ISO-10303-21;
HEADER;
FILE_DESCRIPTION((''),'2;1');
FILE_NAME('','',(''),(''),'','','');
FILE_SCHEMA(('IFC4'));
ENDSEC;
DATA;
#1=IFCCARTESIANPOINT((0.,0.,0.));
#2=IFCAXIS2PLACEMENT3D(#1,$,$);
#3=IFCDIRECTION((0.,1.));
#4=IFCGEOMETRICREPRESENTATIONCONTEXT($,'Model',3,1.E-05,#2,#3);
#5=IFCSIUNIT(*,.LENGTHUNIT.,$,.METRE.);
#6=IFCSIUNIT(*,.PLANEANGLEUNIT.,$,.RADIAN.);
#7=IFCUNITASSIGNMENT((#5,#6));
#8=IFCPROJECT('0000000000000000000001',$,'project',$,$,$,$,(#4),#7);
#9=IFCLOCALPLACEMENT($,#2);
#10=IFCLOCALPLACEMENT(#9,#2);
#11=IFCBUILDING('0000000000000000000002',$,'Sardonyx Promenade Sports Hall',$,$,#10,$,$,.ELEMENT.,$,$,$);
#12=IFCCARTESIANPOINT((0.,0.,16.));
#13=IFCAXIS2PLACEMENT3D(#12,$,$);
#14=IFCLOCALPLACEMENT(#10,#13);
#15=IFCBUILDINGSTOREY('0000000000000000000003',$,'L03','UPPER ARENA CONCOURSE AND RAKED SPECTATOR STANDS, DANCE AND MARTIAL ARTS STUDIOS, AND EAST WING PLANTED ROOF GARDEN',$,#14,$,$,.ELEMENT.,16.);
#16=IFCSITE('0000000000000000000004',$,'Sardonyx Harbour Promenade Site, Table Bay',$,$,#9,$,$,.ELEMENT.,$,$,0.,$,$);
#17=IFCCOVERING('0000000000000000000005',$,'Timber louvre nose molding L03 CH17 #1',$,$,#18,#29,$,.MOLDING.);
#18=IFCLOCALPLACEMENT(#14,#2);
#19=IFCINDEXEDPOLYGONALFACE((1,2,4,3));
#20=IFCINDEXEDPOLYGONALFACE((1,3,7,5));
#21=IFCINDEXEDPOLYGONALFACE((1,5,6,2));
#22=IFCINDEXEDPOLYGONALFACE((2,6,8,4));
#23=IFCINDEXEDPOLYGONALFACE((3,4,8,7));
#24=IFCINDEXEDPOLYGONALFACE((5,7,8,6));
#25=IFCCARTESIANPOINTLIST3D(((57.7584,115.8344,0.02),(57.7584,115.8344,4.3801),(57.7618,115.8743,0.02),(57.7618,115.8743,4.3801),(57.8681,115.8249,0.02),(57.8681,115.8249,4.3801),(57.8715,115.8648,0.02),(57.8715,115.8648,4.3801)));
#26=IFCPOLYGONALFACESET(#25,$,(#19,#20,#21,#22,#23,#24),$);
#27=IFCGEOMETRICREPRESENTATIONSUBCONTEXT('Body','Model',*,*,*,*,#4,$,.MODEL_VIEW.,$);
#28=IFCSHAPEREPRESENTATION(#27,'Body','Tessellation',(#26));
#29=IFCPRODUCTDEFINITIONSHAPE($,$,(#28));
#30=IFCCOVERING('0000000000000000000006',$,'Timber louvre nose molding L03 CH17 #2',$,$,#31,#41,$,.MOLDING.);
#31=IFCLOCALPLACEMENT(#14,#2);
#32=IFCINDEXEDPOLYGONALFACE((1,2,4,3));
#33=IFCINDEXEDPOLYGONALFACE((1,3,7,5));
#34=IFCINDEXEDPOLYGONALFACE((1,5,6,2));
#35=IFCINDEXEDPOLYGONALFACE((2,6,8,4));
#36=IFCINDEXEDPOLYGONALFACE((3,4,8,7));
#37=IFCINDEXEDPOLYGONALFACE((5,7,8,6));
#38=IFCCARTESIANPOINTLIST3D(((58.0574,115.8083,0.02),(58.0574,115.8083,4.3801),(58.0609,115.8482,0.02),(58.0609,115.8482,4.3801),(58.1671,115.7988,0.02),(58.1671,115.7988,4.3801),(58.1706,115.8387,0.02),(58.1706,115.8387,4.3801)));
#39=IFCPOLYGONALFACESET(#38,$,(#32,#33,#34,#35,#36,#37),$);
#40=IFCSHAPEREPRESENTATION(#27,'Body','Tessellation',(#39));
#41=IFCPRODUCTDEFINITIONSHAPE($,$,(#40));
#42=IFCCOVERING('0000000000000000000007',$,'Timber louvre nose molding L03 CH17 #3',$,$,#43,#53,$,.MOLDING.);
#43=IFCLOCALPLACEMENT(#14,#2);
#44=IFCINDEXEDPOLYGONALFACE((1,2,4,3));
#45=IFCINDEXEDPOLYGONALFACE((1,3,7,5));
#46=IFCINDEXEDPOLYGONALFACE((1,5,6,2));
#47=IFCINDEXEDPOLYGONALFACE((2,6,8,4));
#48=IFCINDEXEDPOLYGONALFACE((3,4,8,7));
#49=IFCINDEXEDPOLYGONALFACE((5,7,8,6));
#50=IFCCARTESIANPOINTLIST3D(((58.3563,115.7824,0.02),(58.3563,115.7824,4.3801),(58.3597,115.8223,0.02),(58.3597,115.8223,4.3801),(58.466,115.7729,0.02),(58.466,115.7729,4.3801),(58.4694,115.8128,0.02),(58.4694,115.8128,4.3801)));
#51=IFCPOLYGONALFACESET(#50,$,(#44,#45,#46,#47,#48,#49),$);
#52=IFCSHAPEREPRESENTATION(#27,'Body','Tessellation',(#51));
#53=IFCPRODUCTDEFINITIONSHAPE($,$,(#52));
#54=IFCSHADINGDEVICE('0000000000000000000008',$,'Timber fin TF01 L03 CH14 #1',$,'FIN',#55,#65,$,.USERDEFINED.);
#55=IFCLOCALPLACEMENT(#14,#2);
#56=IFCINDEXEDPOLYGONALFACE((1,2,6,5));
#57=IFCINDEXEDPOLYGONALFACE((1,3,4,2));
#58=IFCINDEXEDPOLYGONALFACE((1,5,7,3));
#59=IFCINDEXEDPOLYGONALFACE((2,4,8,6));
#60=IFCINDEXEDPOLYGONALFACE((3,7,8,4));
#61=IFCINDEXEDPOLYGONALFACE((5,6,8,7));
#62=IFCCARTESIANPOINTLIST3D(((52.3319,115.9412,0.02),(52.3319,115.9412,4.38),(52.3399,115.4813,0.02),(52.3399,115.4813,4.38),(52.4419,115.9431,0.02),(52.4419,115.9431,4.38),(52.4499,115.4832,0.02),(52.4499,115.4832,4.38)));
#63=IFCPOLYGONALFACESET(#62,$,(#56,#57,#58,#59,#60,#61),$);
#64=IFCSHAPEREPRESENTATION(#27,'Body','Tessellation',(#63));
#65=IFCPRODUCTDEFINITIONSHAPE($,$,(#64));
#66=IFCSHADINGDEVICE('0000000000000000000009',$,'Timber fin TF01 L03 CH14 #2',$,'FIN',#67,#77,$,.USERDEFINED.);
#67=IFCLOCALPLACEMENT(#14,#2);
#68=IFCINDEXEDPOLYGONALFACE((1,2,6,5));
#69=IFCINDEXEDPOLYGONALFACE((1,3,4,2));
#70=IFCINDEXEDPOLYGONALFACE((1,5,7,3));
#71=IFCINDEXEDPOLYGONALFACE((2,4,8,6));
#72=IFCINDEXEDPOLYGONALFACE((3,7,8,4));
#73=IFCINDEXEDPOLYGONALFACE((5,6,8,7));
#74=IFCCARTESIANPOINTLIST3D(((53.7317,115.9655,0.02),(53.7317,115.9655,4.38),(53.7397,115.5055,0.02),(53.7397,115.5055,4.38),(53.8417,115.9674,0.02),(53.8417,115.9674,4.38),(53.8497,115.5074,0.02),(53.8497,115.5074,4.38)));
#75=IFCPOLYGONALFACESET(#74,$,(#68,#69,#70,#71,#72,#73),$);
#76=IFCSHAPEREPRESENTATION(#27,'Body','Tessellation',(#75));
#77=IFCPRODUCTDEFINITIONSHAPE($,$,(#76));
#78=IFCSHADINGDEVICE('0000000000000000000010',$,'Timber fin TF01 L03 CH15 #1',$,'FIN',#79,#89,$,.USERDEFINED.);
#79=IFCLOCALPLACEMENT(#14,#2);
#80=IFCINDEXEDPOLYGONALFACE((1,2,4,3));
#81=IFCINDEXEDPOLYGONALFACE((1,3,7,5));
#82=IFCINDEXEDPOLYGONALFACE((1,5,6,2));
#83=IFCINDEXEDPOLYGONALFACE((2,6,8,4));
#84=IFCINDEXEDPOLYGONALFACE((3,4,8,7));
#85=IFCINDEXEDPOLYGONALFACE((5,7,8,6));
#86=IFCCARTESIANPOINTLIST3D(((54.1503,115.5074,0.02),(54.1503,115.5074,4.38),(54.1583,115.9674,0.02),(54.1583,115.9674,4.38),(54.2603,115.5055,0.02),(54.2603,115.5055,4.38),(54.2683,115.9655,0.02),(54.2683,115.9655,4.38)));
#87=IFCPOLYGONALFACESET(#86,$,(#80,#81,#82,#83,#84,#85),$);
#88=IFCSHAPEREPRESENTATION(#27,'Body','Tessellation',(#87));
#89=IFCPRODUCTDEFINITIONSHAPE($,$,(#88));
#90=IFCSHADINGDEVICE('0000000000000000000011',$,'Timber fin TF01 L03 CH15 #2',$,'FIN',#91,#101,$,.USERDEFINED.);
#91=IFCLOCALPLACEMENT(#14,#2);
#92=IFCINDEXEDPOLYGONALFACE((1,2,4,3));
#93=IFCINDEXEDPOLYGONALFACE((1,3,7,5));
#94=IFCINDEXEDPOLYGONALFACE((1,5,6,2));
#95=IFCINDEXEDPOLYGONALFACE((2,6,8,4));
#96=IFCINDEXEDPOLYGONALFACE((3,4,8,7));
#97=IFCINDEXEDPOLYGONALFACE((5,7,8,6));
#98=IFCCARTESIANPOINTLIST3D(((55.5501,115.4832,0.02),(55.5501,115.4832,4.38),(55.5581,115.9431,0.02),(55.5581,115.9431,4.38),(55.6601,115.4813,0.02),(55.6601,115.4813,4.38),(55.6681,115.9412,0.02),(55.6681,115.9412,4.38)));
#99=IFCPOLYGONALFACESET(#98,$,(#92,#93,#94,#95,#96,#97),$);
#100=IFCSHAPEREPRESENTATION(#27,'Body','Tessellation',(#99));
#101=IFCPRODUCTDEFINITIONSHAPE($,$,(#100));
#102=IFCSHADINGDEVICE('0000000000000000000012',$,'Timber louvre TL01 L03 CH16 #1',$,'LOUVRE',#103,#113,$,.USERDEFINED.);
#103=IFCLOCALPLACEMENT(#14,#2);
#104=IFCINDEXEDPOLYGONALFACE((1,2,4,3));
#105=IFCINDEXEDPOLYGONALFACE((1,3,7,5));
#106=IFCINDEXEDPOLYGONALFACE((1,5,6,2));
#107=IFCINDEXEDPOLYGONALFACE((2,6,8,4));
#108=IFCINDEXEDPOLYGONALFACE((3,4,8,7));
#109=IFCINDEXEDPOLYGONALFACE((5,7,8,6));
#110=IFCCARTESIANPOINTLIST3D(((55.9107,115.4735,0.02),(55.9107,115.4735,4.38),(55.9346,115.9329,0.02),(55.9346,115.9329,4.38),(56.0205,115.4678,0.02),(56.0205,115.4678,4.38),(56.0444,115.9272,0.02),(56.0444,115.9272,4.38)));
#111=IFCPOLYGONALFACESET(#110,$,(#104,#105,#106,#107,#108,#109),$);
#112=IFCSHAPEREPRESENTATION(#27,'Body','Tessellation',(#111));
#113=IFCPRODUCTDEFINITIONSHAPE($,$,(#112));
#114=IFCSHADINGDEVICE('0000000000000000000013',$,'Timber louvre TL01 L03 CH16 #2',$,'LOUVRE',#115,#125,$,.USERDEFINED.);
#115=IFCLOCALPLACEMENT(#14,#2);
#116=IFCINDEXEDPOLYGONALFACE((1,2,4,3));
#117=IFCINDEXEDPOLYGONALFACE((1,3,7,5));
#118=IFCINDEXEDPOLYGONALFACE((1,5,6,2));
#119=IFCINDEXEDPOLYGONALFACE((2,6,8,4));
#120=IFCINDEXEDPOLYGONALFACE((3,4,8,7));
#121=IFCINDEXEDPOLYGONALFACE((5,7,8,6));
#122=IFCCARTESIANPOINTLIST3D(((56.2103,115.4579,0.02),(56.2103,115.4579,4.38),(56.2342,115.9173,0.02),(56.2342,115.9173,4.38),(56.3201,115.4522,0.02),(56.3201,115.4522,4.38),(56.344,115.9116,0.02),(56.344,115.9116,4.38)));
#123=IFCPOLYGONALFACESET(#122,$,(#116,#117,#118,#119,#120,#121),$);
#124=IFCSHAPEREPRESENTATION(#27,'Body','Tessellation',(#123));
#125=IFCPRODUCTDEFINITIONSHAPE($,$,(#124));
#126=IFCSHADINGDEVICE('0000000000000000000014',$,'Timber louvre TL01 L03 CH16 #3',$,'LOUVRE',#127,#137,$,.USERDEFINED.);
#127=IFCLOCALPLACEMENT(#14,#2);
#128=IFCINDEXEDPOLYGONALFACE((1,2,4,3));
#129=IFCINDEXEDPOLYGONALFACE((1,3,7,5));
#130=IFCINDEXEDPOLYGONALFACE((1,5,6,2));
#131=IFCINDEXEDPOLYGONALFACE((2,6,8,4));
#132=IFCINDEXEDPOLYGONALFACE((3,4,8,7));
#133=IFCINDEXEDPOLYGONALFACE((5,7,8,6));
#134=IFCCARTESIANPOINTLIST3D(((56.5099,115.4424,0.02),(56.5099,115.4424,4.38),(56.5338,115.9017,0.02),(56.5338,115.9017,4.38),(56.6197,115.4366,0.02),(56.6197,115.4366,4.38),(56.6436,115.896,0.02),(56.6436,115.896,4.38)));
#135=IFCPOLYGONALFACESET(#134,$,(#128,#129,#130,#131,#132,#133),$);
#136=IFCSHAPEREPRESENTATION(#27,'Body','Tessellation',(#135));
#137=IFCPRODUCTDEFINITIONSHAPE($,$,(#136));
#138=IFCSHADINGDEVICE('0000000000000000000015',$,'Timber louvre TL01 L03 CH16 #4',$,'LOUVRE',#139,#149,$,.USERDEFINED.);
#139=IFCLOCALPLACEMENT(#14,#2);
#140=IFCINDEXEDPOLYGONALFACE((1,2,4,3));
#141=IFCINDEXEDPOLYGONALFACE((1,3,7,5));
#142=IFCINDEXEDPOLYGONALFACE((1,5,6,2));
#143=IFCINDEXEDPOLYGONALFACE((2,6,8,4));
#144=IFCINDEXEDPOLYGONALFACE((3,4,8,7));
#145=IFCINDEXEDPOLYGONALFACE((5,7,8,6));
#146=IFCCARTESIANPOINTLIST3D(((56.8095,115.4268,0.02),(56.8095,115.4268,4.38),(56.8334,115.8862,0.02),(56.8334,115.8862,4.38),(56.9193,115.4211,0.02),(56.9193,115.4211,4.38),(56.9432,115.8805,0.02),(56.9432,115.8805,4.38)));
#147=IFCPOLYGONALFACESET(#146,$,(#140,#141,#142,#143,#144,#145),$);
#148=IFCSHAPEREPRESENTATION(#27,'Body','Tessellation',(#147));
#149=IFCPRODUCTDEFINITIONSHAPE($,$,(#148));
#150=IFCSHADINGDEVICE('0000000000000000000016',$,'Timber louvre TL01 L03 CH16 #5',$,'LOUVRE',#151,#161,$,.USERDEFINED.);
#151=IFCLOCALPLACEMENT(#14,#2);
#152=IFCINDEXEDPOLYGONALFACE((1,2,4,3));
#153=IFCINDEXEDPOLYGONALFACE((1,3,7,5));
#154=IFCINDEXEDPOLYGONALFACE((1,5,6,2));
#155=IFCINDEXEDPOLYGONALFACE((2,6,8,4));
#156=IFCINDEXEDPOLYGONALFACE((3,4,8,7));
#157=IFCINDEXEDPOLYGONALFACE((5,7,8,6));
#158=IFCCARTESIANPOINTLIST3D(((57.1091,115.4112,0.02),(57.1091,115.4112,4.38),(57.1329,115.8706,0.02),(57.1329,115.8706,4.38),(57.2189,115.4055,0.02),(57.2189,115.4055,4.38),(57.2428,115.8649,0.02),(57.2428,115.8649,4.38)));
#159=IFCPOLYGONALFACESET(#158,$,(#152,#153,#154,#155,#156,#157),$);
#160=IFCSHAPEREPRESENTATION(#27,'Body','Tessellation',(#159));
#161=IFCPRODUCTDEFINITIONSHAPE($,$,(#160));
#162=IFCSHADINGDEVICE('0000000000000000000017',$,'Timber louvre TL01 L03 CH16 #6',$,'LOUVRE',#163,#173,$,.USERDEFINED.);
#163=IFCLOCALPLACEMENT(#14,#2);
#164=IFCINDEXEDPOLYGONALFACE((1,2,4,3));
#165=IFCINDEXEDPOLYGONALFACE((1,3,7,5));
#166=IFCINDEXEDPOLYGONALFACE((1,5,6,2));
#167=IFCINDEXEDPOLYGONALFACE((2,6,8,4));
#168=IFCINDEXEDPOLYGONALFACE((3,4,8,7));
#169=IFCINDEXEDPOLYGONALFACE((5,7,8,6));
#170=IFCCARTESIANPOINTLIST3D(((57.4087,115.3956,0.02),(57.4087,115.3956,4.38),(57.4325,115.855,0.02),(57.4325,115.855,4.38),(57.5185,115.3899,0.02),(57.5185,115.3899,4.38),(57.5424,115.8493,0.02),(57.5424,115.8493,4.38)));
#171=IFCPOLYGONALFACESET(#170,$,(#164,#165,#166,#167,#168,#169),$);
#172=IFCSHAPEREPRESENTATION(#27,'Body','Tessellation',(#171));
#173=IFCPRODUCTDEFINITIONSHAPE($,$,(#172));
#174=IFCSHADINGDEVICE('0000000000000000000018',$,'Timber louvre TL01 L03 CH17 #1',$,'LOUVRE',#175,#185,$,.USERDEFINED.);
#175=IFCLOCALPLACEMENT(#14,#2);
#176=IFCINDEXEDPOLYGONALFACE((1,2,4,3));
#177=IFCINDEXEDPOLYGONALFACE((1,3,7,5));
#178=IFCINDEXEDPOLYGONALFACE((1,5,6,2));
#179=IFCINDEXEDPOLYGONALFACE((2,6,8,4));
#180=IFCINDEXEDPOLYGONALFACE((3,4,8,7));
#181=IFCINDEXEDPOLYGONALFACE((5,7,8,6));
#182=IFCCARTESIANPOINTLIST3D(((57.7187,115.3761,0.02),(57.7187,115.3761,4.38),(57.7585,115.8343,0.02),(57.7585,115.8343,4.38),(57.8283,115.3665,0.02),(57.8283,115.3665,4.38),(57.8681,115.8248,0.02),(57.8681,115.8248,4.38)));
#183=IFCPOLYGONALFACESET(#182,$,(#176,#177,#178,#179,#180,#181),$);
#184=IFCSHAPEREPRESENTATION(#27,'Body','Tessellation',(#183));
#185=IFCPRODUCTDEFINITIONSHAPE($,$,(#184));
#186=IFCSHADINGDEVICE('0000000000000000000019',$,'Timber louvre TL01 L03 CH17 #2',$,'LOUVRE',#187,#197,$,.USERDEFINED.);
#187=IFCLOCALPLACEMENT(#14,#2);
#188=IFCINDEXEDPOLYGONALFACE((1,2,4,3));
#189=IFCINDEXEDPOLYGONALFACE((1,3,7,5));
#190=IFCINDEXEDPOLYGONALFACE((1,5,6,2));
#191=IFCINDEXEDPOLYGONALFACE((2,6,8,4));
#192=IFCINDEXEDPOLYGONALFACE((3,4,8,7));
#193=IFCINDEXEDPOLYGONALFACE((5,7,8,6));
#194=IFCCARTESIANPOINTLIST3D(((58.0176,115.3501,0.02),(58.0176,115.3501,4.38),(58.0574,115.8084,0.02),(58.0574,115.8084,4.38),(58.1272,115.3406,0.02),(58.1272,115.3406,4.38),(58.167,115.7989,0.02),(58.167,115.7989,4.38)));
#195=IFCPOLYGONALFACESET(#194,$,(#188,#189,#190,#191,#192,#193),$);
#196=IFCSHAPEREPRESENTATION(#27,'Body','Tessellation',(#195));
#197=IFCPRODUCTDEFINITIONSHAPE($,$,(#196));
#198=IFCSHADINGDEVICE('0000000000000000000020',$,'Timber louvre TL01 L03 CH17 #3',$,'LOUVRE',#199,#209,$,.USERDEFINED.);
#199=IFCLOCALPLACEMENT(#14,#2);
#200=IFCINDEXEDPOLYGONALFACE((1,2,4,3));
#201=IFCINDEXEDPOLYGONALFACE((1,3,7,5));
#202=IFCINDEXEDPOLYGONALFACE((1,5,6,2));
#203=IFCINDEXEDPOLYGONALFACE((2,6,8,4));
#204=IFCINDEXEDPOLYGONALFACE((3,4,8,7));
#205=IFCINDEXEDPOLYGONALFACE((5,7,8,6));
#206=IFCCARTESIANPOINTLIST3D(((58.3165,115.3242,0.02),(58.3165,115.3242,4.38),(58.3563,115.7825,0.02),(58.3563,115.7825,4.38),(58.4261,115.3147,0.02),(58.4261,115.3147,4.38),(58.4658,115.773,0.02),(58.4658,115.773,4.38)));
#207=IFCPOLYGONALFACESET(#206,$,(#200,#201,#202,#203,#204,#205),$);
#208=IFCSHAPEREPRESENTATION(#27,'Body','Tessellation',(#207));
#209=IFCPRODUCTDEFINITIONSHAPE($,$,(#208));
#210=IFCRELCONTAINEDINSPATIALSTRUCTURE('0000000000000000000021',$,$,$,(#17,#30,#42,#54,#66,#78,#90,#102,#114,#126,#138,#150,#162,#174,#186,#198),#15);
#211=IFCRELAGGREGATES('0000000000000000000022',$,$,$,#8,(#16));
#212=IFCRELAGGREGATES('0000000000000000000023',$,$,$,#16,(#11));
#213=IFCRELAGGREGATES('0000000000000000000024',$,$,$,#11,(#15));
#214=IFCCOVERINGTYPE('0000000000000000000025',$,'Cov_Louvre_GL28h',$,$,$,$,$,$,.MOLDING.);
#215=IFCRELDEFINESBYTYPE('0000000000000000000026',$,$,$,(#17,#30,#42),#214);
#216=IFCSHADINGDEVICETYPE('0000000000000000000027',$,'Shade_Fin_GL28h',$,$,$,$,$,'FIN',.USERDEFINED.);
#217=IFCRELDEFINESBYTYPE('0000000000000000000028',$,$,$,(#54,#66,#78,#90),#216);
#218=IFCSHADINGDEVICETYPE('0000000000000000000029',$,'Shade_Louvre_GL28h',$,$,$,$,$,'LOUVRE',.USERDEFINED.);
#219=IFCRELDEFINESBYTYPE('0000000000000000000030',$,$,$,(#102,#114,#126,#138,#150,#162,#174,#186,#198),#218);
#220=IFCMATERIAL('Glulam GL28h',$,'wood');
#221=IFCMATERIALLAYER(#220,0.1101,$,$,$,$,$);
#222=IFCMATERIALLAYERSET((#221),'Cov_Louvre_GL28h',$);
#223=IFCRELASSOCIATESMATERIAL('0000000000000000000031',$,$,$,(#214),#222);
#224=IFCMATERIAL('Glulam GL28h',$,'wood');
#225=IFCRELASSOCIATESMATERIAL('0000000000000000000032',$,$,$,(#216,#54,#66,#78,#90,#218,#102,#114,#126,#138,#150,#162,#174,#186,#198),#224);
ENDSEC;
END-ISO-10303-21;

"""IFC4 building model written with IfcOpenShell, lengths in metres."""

from ifc_helpers import new_model, si_unit, direction, frame, origin, origin_2d, place, context, subcontext, project, spatial, rectangle, extrude, material, layer, layer_set, type_object, element, save


model = new_model("IFC4")

# Units and contexts
model_context = context("Model", 3, precision=1e-05, world=origin(), true_north=direction((0.0, 1.0)))
body_context = subcontext(model_context, "Body", "Model", "MODEL_VIEW")
ifc_project = project(units=[si_unit("LENGTHUNIT", "METRE"), si_unit("PLANEANGLEUNIT", "RADIAN")], contexts=[model_context])

# Site, building, storey
site_placement = place(None, origin())
site = spatial("IfcSite", under=ifc_project, at=site_placement, Name="Sardonyx Harbour Promenade Site, Table Bay", CompositionType="ELEMENT", RefElevation=0.0)
building_placement = place(site_placement, origin())
building = spatial("IfcBuilding", under=site, at=building_placement, Name="Sardonyx Promenade Sports Hall", CompositionType="ELEMENT")
storey_placement = place(building_placement, frame((0.0, 0.0, 16.0)))
storey = spatial("IfcBuildingStorey", under=building, at=storey_placement, Name="L03", Description="UPPER ARENA CONCOURSE AND RAKED SPECTATOR STANDS, DANCE AND MARTIAL ARTS STUDIOS, AND EAST WING PLANTED ROOF GARDEN", CompositionType="ELEMENT", Elevation=16.0)

# Coverings
ifc_material_1 = material(Name="Glulam GL28h", Category="wood")
ifc_layer = layer(ifc_material_1, 0.1101)
ifc_layer_set = layer_set([ifc_layer], Name="Cov_Louvre_GL28h")
covering_type = type_object("IfcCoveringType", Name="Cov_Louvre_GL28h", PredefinedType="MOLDING", material=ifc_layer_set)
for number, where, z_axis, x_axis, name in (
    (1, (57.8149, 115.8496, 0.02), (0.0, 0.0, 1.0), (0.996258, -0.086434, 0.0), "Timber louvre nose molding L03 CH17 #1"),
    (2, (58.114, 115.8235, 0.02), (0.0, 0.0, 1.0), (0.996258, -0.086434, 0.0), "Timber louvre nose molding L03 CH17 #2"),
    (3, (58.4128, 115.7976, 0.02), (0.0, 0.0, 1.0), (0.996258, -0.086434, 0.0), "Timber louvre nose molding L03 CH17 #3"),
):
    element("IfcCovering", number, at=place(storey_placement, frame(where, z_axis=z_axis, x_axis=x_axis)), inside=storey, type_object=covering_type, Name=name, PredefinedType="MOLDING", context=body_context, shape_type="SweptSolid", body=[
        extrude(rectangle(XDim=0.1101, YDim=0.04, at=origin_2d()), origin(), (0.0, 0.0, 1.0), 4.3601),
    ])

# Shading devices
ifc_material_2 = material(Name="Glulam GL28h", Category="wood")
shading_device_type_1 = type_object("IfcShadingDeviceType", Name="Shade_Fin_GL28h", ElementType="FIN", PredefinedType="USERDEFINED", material=ifc_material_2)
for number, where, z_axis, x_axis, name in (
    (4, (52.3909, 115.7122, 0.02), (0.0, 0.0, 1.0), (0.99985, 0.017308, 0.0), "Timber fin TF01 L03 CH14 #1"),
    (5, (53.7907, 115.7365, 0.02), (0.0, 0.0, 1.0), (0.99985, 0.017308, 0.0), "Timber fin TF01 L03 CH14 #2"),
    (6, (54.2093, 115.7365, 0.02), (0.0, 0.0, 1.0), (0.99985, -0.017308, 0.0), "Timber fin TF01 L03 CH15 #1"),
    (7, (55.6091, 115.7122, 0.02), (0.0, 0.0, 1.0), (0.99985, -0.017308, 0.0), "Timber fin TF01 L03 CH15 #2"),
):
    element("IfcShadingDevice", number, at=place(storey_placement, frame(where, z_axis=z_axis, x_axis=x_axis)), inside=storey, type_object=shading_device_type_1, material=ifc_material_2, Name=name, ObjectType="FIN", PredefinedType="USERDEFINED", context=body_context, shape_type="SweptSolid", body=[
        extrude(rectangle(XDim=0.11, YDim=0.46), origin(), (0.0, 0.0, 1.0), 4.36),
    ])
shading_device_type_2 = type_object("IfcShadingDeviceType", Name="Shade_Louvre_GL28h", ElementType="LOUVRE", PredefinedType="USERDEFINED", material=ifc_material_2)
for number, where, z_axis, x_axis, name in (
    (8, (55.9776, 115.7003, 0.02), (0.0, 0.0, 1.0), (0.998652, -0.051902, 0.0), "Timber louvre TL01 L03 CH16 #1"),
    (9, (56.2772, 115.6848, 0.02), (0.0, 0.0, 1.0), (0.998652, -0.051902, 0.0), "Timber louvre TL01 L03 CH16 #2"),
    (10, (56.5767, 115.6692, 0.02), (0.0, 0.0, 1.0), (0.998652, -0.051902, 0.0), "Timber louvre TL01 L03 CH16 #3"),
    (11, (56.8763, 115.6536, 0.02), (0.0, 0.0, 1.0), (0.998652, -0.051902, 0.0), "Timber louvre TL01 L03 CH16 #4"),
    (12, (57.1759, 115.6381, 0.02), (0.0, 0.0, 1.0), (0.998652, -0.051902, 0.0), "Timber louvre TL01 L03 CH16 #5"),
    (13, (57.4755, 115.6225, 0.02), (0.0, 0.0, 1.0), (0.998652, -0.051902, 0.0), "Timber louvre TL01 L03 CH16 #6"),
    (14, (57.7934, 115.6004, 0.02), (0.0, 0.0, 1.0), (0.996258, -0.086434, 0.0), "Timber louvre TL01 L03 CH17 #1"),
    (15, (58.0923, 115.5745, 0.02), (0.0, 0.0, 1.0), (0.996258, -0.086434, 0.0), "Timber louvre TL01 L03 CH17 #2"),
    (16, (58.3912, 115.5486, 0.02), (0.0, 0.0, 1.0), (0.996258, -0.086434, 0.0), "Timber louvre TL01 L03 CH17 #3"),
):
    element("IfcShadingDevice", number, at=place(storey_placement, frame(where, z_axis=z_axis, x_axis=x_axis)), inside=storey, type_object=shading_device_type_2, material=ifc_material_2, Name=name, ObjectType="LOUVRE", PredefinedType="USERDEFINED", context=body_context, shape_type="SweptSolid", body=[
        extrude(rectangle(XDim=0.11, YDim=0.46), origin(), (0.0, 0.0, 1.0), 4.36),
    ])

save(model, "model.ifc")
